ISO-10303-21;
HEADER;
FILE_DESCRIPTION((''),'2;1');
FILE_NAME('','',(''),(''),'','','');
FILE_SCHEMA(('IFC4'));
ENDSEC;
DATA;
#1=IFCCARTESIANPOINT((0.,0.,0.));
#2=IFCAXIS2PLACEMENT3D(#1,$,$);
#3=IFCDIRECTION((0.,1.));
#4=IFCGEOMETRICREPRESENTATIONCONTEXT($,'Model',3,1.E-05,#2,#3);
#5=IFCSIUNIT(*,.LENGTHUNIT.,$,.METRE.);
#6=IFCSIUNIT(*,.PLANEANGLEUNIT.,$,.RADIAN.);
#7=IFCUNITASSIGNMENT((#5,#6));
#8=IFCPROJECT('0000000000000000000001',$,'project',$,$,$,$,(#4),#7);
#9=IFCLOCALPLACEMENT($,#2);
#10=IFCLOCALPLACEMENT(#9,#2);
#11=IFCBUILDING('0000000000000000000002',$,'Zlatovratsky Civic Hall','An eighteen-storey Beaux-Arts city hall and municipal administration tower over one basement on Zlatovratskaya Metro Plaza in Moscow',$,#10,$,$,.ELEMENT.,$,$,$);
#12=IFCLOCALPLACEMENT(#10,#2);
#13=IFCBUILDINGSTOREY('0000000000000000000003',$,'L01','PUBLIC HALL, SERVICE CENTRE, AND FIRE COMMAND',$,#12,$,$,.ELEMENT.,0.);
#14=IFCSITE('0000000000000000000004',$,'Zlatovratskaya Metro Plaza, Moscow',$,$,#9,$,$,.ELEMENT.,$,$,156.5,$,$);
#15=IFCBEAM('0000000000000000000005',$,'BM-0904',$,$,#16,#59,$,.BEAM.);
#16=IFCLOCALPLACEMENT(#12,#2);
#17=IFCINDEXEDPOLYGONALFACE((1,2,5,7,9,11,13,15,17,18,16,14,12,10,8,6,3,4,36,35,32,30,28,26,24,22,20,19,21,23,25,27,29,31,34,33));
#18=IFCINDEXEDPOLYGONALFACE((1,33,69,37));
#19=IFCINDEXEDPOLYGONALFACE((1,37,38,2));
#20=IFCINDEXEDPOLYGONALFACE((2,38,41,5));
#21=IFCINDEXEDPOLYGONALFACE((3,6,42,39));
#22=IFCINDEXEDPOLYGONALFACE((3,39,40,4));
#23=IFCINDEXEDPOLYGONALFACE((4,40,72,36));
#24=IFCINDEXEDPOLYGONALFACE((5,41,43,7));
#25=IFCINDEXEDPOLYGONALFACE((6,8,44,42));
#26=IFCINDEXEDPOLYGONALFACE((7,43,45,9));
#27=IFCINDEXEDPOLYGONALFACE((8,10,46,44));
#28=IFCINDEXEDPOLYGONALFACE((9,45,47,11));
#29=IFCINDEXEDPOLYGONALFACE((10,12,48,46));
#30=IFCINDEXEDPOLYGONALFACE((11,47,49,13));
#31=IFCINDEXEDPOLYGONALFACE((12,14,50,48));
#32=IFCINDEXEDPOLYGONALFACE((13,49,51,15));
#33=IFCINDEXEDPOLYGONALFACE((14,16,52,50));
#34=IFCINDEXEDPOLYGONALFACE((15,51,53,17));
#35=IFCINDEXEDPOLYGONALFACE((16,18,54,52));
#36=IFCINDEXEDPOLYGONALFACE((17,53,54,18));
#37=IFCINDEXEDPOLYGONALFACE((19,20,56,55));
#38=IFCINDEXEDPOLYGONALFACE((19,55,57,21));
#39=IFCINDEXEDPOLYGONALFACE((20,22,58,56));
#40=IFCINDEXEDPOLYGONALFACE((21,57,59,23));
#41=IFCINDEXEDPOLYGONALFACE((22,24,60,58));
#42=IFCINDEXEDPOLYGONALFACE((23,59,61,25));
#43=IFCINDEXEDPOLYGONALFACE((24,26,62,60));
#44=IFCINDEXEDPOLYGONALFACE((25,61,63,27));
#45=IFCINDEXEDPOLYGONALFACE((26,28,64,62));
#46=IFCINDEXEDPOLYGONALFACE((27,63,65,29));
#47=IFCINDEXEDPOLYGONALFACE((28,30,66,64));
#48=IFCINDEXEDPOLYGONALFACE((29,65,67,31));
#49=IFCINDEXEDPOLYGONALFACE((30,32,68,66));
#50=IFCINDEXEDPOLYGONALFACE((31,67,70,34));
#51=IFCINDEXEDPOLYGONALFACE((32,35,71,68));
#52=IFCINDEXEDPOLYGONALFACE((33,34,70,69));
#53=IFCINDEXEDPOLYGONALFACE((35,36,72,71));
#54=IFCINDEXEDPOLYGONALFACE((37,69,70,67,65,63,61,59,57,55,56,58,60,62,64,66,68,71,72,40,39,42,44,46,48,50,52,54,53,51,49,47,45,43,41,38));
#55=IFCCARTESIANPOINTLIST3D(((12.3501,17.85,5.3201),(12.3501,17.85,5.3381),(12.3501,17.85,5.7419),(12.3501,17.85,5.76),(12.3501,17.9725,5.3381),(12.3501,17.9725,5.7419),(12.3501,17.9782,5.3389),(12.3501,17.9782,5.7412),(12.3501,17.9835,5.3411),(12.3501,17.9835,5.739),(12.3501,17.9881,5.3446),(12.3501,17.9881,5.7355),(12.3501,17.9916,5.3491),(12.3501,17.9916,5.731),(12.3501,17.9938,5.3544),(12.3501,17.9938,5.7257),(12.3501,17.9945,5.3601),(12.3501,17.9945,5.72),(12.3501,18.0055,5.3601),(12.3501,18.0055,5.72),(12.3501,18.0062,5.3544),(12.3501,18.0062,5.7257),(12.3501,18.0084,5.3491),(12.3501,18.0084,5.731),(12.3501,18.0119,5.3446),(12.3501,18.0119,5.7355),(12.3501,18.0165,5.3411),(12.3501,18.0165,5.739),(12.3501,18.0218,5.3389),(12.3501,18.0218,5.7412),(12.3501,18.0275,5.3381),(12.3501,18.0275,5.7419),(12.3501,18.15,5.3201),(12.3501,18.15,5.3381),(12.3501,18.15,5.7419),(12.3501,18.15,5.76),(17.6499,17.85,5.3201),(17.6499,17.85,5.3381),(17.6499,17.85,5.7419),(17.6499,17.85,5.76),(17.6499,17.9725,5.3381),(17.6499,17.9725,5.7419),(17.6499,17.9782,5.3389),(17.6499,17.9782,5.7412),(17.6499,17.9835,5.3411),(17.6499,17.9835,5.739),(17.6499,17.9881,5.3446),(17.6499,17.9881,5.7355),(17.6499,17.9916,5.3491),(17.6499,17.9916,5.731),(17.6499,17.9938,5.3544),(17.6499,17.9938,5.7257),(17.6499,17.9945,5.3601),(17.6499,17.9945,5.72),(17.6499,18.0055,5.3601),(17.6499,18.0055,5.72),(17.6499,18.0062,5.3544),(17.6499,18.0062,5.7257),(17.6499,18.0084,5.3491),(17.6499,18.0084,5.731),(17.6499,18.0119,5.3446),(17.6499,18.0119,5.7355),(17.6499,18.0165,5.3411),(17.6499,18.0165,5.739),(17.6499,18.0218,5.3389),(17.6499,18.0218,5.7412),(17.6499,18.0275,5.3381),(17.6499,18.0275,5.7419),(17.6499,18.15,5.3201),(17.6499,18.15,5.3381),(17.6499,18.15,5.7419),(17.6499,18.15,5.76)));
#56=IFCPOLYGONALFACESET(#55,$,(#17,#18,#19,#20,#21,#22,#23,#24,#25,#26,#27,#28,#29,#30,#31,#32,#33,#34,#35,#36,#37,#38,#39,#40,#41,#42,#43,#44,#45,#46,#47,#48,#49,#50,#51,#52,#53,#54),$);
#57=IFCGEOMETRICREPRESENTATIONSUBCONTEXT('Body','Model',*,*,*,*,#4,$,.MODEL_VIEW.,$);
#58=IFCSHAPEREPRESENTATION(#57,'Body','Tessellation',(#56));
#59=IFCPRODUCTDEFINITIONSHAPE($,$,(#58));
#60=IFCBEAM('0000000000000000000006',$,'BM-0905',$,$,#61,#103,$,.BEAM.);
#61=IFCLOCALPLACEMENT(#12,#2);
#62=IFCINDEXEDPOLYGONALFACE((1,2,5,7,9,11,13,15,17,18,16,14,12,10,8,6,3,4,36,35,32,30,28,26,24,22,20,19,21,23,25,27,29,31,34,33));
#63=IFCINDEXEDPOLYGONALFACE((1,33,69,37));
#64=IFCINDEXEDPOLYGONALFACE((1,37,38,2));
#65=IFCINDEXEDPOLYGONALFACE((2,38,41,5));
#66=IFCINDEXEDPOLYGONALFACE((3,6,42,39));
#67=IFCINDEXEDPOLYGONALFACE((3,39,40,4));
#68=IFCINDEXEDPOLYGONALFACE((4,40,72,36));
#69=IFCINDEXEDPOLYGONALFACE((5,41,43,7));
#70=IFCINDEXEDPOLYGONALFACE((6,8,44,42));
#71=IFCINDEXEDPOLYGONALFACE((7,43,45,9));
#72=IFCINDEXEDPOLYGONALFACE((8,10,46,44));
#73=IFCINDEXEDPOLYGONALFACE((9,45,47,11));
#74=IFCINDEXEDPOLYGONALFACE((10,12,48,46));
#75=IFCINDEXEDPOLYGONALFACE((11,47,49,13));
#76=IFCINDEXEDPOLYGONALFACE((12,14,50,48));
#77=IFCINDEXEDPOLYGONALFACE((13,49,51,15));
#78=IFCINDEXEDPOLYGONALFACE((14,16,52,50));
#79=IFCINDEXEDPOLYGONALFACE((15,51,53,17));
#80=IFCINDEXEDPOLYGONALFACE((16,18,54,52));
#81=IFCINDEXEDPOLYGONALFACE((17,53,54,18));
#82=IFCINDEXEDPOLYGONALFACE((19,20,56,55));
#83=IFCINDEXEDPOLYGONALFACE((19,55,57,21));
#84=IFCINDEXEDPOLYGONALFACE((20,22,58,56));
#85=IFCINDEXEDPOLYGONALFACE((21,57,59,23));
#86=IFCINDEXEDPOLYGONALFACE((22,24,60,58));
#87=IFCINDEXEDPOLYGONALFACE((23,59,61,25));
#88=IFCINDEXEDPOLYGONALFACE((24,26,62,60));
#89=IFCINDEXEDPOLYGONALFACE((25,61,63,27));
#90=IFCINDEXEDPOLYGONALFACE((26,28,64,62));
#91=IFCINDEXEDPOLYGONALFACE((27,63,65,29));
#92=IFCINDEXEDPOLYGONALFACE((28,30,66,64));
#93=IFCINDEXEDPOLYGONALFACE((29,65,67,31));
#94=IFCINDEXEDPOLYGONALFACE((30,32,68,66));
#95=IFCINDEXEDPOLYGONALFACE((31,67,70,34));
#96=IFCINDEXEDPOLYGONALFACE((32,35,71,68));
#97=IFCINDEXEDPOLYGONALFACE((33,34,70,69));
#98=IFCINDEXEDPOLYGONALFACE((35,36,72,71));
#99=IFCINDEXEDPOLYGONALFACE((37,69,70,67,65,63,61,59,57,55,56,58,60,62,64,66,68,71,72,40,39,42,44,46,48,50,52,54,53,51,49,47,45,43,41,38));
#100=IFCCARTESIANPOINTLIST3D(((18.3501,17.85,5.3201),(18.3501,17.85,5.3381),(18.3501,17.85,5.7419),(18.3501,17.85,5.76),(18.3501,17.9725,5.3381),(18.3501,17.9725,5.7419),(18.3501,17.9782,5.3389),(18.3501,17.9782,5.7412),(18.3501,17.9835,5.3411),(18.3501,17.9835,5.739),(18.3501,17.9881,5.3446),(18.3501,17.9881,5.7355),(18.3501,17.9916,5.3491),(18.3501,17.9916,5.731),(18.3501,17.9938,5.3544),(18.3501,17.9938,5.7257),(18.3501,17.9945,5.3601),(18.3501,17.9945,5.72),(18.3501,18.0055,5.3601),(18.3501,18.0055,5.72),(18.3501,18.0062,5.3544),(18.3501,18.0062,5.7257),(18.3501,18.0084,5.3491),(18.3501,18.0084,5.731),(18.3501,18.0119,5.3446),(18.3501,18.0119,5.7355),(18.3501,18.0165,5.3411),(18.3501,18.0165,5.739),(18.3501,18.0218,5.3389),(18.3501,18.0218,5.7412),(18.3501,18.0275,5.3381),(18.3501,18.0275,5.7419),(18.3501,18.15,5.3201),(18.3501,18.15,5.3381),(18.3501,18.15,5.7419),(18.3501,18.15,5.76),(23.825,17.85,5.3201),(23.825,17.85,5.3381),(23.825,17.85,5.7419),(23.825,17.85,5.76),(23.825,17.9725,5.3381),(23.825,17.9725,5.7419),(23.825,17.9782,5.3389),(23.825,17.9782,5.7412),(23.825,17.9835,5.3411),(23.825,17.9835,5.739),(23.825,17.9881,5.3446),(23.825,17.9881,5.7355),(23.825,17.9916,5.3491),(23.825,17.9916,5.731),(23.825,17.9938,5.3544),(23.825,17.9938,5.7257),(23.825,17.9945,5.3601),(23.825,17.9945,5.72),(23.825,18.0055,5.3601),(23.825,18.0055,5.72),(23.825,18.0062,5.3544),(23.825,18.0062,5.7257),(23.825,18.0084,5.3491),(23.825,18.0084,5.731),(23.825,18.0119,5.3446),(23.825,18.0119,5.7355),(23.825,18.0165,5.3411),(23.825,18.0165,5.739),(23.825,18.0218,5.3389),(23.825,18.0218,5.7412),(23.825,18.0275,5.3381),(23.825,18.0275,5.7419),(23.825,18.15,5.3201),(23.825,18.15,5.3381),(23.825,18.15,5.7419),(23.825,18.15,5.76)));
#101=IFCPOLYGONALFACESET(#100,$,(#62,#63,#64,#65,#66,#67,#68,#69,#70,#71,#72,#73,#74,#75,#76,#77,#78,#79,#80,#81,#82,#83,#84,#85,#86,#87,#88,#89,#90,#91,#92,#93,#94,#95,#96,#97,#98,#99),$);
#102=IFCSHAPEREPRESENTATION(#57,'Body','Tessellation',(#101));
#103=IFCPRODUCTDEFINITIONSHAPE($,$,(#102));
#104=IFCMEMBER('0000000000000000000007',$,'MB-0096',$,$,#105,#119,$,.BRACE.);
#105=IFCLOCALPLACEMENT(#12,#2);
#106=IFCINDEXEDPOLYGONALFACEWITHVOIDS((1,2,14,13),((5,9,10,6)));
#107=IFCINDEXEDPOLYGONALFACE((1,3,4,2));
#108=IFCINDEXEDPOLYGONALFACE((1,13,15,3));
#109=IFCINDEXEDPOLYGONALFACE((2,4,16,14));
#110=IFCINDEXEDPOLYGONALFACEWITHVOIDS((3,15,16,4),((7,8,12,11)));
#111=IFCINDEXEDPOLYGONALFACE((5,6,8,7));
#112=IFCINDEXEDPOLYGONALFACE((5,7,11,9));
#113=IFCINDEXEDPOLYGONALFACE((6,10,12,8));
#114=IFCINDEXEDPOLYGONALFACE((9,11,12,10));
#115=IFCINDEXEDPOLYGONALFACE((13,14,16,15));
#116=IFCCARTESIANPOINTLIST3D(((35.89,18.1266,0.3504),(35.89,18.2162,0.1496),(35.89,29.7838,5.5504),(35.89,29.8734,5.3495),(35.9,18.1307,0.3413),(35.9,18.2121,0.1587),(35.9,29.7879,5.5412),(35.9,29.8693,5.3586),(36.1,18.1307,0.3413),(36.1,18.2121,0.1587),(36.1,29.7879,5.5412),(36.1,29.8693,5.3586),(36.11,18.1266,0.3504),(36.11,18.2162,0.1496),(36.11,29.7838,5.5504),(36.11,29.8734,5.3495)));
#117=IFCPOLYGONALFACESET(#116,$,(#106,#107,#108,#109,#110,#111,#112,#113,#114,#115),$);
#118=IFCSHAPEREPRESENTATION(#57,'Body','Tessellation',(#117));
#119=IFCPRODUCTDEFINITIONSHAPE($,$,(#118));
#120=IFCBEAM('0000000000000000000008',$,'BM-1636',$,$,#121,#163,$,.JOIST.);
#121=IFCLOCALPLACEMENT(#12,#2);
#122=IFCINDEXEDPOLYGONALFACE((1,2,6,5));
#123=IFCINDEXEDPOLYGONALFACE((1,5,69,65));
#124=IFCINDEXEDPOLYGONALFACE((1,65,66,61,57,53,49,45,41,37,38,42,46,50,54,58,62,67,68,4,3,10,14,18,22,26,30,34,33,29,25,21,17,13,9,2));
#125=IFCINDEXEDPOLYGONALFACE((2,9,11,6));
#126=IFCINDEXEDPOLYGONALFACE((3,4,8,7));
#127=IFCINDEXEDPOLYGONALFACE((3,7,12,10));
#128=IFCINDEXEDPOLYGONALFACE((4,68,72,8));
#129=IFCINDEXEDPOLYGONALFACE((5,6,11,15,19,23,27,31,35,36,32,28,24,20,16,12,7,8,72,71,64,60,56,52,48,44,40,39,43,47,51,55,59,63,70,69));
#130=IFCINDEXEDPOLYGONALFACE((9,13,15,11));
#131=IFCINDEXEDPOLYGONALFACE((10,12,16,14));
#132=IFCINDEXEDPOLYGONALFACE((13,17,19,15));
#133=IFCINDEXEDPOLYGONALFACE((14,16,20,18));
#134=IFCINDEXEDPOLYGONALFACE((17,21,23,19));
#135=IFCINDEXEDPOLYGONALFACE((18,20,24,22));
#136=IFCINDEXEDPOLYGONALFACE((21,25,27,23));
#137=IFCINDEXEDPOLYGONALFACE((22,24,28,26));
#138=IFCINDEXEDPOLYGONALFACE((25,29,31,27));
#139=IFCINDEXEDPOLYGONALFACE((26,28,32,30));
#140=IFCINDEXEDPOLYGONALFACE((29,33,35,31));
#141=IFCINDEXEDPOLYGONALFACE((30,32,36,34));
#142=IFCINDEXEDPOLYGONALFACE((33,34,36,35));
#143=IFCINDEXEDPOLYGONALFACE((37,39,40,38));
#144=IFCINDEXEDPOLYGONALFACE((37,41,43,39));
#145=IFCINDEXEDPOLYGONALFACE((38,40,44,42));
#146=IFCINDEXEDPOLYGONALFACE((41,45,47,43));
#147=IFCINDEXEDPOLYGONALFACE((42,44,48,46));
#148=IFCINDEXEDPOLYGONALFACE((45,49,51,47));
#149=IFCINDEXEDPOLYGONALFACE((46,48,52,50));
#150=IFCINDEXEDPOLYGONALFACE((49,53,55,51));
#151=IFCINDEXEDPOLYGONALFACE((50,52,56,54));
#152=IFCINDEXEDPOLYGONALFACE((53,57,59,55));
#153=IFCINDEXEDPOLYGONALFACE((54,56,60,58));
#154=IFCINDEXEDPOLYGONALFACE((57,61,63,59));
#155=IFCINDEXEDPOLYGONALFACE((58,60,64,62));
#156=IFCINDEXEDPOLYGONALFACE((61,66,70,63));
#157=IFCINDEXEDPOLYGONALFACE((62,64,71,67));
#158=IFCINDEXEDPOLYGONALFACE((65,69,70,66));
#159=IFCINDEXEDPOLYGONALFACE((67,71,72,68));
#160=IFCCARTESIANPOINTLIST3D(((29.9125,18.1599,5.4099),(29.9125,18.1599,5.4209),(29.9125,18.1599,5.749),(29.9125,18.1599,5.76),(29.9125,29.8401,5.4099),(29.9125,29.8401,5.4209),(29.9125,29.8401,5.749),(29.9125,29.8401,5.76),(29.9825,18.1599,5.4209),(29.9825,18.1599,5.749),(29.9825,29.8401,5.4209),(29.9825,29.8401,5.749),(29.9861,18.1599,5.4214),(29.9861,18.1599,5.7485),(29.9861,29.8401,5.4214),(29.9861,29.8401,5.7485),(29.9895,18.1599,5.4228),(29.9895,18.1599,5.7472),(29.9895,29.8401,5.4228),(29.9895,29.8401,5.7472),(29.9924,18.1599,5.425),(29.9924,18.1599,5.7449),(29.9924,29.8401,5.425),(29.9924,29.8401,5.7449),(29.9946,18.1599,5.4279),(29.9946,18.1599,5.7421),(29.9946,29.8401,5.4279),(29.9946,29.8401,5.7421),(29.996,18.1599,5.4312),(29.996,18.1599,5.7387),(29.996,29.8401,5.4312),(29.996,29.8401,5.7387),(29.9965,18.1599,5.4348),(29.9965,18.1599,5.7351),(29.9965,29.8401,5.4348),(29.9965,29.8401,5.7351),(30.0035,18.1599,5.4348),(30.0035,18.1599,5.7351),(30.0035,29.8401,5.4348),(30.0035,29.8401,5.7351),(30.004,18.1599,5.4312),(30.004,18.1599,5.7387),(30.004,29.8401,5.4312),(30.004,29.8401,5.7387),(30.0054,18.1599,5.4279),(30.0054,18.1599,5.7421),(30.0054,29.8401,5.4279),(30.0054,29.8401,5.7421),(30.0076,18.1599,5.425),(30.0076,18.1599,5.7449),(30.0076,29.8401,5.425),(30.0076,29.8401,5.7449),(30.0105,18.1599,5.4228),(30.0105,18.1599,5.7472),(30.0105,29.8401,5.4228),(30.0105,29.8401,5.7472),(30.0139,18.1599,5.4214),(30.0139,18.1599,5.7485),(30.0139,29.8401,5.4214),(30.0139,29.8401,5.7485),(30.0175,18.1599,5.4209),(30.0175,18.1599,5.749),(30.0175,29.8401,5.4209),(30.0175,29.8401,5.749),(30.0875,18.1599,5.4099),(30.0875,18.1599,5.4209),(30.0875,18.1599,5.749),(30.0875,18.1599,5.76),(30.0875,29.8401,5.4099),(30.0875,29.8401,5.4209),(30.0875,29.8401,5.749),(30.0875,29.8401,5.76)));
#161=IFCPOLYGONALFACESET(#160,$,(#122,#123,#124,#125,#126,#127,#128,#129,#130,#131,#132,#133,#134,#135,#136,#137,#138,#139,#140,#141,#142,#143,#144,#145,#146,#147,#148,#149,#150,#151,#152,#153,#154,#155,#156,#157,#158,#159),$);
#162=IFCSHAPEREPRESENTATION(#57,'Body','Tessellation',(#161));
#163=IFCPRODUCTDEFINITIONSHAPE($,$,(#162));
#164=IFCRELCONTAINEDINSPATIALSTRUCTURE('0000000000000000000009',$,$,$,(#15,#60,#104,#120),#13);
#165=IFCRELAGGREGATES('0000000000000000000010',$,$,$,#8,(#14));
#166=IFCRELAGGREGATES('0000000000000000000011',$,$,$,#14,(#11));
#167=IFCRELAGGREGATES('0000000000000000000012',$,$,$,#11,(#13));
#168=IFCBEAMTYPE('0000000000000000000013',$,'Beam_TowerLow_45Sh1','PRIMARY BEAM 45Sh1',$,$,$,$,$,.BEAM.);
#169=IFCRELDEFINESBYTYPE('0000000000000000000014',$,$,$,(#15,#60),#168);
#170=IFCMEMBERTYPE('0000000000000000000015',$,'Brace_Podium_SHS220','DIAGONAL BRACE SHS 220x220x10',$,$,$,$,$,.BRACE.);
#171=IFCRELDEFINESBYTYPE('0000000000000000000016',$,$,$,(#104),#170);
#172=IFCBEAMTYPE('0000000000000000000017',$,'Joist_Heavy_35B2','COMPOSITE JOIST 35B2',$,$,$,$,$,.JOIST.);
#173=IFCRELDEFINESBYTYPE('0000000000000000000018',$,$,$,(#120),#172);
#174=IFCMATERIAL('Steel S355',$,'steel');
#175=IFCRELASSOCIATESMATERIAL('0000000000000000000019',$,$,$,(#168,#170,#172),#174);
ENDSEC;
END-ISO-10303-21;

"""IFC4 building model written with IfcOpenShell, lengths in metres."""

from ifc_helpers import new_model, si_unit, direction, frame, origin, origin_2d, place, context, subcontext, project, spatial, hollow_rectangle, i_section, extrude, material, material_profile, profile_set, type_object, element, save


model = new_model("IFC4")

# Units and contexts
model_context = context("Model", 3, precision=1e-05, world=origin(), true_north=direction((0.0, 1.0)))
body_context = subcontext(model_context, "Body", "Model", "MODEL_VIEW")
ifc_project = project(units=[si_unit("LENGTHUNIT", "METRE"), si_unit("PLANEANGLEUNIT", "RADIAN")], contexts=[model_context])

# Site, building, storey
site_placement = place(None, origin())
site = spatial("IfcSite", under=ifc_project, at=site_placement, Name="Zlatovratskaya Metro Plaza, Moscow", CompositionType="ELEMENT", RefElevation=156.5)
building_placement = place(site_placement, origin())
building = spatial("IfcBuilding", under=site, at=building_placement, Name="Zlatovratsky Civic Hall", Description="An eighteen-storey Beaux-Arts city hall and municipal administration tower over one basement on Zlatovratskaya Metro Plaza in Moscow", CompositionType="ELEMENT")
storey_placement = place(building_placement, origin())
storey = spatial("IfcBuildingStorey", under=building, at=storey_placement, Name="L01", Description="PUBLIC HALL, SERVICE CENTRE, AND FIRE COMMAND", CompositionType="ELEMENT", Elevation=0.0)

# Shared definitions
ifc_material_1 = material(Name="Steel S355", Category="steel")

# Beams
ifc_material_profile_1 = material_profile(ifc_material_1, i_section(OverallWidth=0.3, OverallDepth=0.4399, WebThickness=0.011, FlangeThickness=0.0181, FilletRadius=0.022, at=origin_2d()), Name="45Sh1")
ifc_profile_set_1 = profile_set([ifc_material_profile_1], Name="Steel S355")
beam_type_1 = type_object("IfcBeamType", Name="Beam_TowerLow_45Sh1", Description="PRIMARY BEAM 45Sh1", PredefinedType="BEAM", material=ifc_profile_set_1)
beam_1_placement = place(storey_placement, frame((12.3501, 18.0, 5.54), z_axis=(1.0, 0.0, 0.0), x_axis=(0.0, 1.0, 0.0)))
element("IfcBeam", 1, at=beam_1_placement, inside=storey, type_object=beam_type_1, Name="BM-0904", PredefinedType="BEAM", context=body_context, shape_type="SweptSolid", body=[
    extrude(i_section(OverallWidth=0.3, OverallDepth=0.4399, WebThickness=0.011, FlangeThickness=0.0181, FilletRadius=0.022, at=origin_2d()), origin(), (0.0, 0.0, 1.0), 5.2998),
])
beam_2_placement = place(storey_placement, frame((18.3501, 18.0, 5.54), z_axis=(1.0, 0.0, 0.0), x_axis=(0.0, 1.0, 0.0)))
element("IfcBeam", 2, at=beam_2_placement, inside=storey, type_object=beam_type_1, Name="BM-0905", PredefinedType="BEAM", context=body_context, shape_type="SweptSolid", body=[
    extrude(i_section(OverallWidth=0.3, OverallDepth=0.4399, WebThickness=0.011, FlangeThickness=0.0181, FilletRadius=0.022, at=origin_2d()), origin(), (0.0, 0.0, 1.0), 5.4749),
])

# Member
ifc_material_profile_2 = material_profile(ifc_material_1, hollow_rectangle(XDim=0.22, YDim=0.22, WallThickness=0.01, at=origin_2d()), Name="SHS 220x220x10")
ifc_profile_set_2 = profile_set([ifc_material_profile_2], Name="Steel S355")
member_type = type_object("IfcMemberType", Name="Brace_Podium_SHS220", Description="DIAGONAL BRACE SHS 220x220x10", PredefinedType="BRACE", material=ifc_profile_set_2)
member_placement = place(storey_placement, frame((36.0, 18.1714, 0.25), z_axis=(0.0, 0.913259, 0.407379), x_axis=(-1.0, 0.0, 0.0)))
element("IfcMember", 3, at=member_placement, inside=storey, type_object=member_type, Name="MB-0096", PredefinedType="BRACE", context=body_context, shape_type="SweptSolid", body=[
    extrude(hollow_rectangle(XDim=0.22, YDim=0.22, WallThickness=0.01, at=origin_2d()), origin(), (0.0, 0.0, 1.0), 12.7644),
])

# Beam
ifc_material_profile_3 = material_profile(ifc_material_1, i_section(OverallWidth=0.175, OverallDepth=0.3501, WebThickness=0.0071, FlangeThickness=0.011, FilletRadius=0.0139, at=origin_2d()), Name="35B2")
ifc_profile_set_3 = profile_set([ifc_material_profile_3], Name="Steel S355")
beam_type_2 = type_object("IfcBeamType", Name="Joist_Heavy_35B2", Description="COMPOSITE JOIST 35B2", PredefinedType="JOIST", material=ifc_profile_set_3)
beam_3_placement = place(storey_placement, frame((30.0, 18.1599, 5.585), z_axis=(0.0, 1.0, 0.0), x_axis=(-1.0, 0.0, 0.0)))
element("IfcBeam", 4, at=beam_3_placement, inside=storey, type_object=beam_type_2, Name="BM-1636", PredefinedType="JOIST", context=body_context, shape_type="SweptSolid", body=[
    extrude(i_section(OverallWidth=0.175, OverallDepth=0.3501, WebThickness=0.0071, FlangeThickness=0.011, FilletRadius=0.0139, at=origin_2d()), origin(), (0.0, 0.0, 1.0), 11.6802),
])

save(model, "model.ifc")
